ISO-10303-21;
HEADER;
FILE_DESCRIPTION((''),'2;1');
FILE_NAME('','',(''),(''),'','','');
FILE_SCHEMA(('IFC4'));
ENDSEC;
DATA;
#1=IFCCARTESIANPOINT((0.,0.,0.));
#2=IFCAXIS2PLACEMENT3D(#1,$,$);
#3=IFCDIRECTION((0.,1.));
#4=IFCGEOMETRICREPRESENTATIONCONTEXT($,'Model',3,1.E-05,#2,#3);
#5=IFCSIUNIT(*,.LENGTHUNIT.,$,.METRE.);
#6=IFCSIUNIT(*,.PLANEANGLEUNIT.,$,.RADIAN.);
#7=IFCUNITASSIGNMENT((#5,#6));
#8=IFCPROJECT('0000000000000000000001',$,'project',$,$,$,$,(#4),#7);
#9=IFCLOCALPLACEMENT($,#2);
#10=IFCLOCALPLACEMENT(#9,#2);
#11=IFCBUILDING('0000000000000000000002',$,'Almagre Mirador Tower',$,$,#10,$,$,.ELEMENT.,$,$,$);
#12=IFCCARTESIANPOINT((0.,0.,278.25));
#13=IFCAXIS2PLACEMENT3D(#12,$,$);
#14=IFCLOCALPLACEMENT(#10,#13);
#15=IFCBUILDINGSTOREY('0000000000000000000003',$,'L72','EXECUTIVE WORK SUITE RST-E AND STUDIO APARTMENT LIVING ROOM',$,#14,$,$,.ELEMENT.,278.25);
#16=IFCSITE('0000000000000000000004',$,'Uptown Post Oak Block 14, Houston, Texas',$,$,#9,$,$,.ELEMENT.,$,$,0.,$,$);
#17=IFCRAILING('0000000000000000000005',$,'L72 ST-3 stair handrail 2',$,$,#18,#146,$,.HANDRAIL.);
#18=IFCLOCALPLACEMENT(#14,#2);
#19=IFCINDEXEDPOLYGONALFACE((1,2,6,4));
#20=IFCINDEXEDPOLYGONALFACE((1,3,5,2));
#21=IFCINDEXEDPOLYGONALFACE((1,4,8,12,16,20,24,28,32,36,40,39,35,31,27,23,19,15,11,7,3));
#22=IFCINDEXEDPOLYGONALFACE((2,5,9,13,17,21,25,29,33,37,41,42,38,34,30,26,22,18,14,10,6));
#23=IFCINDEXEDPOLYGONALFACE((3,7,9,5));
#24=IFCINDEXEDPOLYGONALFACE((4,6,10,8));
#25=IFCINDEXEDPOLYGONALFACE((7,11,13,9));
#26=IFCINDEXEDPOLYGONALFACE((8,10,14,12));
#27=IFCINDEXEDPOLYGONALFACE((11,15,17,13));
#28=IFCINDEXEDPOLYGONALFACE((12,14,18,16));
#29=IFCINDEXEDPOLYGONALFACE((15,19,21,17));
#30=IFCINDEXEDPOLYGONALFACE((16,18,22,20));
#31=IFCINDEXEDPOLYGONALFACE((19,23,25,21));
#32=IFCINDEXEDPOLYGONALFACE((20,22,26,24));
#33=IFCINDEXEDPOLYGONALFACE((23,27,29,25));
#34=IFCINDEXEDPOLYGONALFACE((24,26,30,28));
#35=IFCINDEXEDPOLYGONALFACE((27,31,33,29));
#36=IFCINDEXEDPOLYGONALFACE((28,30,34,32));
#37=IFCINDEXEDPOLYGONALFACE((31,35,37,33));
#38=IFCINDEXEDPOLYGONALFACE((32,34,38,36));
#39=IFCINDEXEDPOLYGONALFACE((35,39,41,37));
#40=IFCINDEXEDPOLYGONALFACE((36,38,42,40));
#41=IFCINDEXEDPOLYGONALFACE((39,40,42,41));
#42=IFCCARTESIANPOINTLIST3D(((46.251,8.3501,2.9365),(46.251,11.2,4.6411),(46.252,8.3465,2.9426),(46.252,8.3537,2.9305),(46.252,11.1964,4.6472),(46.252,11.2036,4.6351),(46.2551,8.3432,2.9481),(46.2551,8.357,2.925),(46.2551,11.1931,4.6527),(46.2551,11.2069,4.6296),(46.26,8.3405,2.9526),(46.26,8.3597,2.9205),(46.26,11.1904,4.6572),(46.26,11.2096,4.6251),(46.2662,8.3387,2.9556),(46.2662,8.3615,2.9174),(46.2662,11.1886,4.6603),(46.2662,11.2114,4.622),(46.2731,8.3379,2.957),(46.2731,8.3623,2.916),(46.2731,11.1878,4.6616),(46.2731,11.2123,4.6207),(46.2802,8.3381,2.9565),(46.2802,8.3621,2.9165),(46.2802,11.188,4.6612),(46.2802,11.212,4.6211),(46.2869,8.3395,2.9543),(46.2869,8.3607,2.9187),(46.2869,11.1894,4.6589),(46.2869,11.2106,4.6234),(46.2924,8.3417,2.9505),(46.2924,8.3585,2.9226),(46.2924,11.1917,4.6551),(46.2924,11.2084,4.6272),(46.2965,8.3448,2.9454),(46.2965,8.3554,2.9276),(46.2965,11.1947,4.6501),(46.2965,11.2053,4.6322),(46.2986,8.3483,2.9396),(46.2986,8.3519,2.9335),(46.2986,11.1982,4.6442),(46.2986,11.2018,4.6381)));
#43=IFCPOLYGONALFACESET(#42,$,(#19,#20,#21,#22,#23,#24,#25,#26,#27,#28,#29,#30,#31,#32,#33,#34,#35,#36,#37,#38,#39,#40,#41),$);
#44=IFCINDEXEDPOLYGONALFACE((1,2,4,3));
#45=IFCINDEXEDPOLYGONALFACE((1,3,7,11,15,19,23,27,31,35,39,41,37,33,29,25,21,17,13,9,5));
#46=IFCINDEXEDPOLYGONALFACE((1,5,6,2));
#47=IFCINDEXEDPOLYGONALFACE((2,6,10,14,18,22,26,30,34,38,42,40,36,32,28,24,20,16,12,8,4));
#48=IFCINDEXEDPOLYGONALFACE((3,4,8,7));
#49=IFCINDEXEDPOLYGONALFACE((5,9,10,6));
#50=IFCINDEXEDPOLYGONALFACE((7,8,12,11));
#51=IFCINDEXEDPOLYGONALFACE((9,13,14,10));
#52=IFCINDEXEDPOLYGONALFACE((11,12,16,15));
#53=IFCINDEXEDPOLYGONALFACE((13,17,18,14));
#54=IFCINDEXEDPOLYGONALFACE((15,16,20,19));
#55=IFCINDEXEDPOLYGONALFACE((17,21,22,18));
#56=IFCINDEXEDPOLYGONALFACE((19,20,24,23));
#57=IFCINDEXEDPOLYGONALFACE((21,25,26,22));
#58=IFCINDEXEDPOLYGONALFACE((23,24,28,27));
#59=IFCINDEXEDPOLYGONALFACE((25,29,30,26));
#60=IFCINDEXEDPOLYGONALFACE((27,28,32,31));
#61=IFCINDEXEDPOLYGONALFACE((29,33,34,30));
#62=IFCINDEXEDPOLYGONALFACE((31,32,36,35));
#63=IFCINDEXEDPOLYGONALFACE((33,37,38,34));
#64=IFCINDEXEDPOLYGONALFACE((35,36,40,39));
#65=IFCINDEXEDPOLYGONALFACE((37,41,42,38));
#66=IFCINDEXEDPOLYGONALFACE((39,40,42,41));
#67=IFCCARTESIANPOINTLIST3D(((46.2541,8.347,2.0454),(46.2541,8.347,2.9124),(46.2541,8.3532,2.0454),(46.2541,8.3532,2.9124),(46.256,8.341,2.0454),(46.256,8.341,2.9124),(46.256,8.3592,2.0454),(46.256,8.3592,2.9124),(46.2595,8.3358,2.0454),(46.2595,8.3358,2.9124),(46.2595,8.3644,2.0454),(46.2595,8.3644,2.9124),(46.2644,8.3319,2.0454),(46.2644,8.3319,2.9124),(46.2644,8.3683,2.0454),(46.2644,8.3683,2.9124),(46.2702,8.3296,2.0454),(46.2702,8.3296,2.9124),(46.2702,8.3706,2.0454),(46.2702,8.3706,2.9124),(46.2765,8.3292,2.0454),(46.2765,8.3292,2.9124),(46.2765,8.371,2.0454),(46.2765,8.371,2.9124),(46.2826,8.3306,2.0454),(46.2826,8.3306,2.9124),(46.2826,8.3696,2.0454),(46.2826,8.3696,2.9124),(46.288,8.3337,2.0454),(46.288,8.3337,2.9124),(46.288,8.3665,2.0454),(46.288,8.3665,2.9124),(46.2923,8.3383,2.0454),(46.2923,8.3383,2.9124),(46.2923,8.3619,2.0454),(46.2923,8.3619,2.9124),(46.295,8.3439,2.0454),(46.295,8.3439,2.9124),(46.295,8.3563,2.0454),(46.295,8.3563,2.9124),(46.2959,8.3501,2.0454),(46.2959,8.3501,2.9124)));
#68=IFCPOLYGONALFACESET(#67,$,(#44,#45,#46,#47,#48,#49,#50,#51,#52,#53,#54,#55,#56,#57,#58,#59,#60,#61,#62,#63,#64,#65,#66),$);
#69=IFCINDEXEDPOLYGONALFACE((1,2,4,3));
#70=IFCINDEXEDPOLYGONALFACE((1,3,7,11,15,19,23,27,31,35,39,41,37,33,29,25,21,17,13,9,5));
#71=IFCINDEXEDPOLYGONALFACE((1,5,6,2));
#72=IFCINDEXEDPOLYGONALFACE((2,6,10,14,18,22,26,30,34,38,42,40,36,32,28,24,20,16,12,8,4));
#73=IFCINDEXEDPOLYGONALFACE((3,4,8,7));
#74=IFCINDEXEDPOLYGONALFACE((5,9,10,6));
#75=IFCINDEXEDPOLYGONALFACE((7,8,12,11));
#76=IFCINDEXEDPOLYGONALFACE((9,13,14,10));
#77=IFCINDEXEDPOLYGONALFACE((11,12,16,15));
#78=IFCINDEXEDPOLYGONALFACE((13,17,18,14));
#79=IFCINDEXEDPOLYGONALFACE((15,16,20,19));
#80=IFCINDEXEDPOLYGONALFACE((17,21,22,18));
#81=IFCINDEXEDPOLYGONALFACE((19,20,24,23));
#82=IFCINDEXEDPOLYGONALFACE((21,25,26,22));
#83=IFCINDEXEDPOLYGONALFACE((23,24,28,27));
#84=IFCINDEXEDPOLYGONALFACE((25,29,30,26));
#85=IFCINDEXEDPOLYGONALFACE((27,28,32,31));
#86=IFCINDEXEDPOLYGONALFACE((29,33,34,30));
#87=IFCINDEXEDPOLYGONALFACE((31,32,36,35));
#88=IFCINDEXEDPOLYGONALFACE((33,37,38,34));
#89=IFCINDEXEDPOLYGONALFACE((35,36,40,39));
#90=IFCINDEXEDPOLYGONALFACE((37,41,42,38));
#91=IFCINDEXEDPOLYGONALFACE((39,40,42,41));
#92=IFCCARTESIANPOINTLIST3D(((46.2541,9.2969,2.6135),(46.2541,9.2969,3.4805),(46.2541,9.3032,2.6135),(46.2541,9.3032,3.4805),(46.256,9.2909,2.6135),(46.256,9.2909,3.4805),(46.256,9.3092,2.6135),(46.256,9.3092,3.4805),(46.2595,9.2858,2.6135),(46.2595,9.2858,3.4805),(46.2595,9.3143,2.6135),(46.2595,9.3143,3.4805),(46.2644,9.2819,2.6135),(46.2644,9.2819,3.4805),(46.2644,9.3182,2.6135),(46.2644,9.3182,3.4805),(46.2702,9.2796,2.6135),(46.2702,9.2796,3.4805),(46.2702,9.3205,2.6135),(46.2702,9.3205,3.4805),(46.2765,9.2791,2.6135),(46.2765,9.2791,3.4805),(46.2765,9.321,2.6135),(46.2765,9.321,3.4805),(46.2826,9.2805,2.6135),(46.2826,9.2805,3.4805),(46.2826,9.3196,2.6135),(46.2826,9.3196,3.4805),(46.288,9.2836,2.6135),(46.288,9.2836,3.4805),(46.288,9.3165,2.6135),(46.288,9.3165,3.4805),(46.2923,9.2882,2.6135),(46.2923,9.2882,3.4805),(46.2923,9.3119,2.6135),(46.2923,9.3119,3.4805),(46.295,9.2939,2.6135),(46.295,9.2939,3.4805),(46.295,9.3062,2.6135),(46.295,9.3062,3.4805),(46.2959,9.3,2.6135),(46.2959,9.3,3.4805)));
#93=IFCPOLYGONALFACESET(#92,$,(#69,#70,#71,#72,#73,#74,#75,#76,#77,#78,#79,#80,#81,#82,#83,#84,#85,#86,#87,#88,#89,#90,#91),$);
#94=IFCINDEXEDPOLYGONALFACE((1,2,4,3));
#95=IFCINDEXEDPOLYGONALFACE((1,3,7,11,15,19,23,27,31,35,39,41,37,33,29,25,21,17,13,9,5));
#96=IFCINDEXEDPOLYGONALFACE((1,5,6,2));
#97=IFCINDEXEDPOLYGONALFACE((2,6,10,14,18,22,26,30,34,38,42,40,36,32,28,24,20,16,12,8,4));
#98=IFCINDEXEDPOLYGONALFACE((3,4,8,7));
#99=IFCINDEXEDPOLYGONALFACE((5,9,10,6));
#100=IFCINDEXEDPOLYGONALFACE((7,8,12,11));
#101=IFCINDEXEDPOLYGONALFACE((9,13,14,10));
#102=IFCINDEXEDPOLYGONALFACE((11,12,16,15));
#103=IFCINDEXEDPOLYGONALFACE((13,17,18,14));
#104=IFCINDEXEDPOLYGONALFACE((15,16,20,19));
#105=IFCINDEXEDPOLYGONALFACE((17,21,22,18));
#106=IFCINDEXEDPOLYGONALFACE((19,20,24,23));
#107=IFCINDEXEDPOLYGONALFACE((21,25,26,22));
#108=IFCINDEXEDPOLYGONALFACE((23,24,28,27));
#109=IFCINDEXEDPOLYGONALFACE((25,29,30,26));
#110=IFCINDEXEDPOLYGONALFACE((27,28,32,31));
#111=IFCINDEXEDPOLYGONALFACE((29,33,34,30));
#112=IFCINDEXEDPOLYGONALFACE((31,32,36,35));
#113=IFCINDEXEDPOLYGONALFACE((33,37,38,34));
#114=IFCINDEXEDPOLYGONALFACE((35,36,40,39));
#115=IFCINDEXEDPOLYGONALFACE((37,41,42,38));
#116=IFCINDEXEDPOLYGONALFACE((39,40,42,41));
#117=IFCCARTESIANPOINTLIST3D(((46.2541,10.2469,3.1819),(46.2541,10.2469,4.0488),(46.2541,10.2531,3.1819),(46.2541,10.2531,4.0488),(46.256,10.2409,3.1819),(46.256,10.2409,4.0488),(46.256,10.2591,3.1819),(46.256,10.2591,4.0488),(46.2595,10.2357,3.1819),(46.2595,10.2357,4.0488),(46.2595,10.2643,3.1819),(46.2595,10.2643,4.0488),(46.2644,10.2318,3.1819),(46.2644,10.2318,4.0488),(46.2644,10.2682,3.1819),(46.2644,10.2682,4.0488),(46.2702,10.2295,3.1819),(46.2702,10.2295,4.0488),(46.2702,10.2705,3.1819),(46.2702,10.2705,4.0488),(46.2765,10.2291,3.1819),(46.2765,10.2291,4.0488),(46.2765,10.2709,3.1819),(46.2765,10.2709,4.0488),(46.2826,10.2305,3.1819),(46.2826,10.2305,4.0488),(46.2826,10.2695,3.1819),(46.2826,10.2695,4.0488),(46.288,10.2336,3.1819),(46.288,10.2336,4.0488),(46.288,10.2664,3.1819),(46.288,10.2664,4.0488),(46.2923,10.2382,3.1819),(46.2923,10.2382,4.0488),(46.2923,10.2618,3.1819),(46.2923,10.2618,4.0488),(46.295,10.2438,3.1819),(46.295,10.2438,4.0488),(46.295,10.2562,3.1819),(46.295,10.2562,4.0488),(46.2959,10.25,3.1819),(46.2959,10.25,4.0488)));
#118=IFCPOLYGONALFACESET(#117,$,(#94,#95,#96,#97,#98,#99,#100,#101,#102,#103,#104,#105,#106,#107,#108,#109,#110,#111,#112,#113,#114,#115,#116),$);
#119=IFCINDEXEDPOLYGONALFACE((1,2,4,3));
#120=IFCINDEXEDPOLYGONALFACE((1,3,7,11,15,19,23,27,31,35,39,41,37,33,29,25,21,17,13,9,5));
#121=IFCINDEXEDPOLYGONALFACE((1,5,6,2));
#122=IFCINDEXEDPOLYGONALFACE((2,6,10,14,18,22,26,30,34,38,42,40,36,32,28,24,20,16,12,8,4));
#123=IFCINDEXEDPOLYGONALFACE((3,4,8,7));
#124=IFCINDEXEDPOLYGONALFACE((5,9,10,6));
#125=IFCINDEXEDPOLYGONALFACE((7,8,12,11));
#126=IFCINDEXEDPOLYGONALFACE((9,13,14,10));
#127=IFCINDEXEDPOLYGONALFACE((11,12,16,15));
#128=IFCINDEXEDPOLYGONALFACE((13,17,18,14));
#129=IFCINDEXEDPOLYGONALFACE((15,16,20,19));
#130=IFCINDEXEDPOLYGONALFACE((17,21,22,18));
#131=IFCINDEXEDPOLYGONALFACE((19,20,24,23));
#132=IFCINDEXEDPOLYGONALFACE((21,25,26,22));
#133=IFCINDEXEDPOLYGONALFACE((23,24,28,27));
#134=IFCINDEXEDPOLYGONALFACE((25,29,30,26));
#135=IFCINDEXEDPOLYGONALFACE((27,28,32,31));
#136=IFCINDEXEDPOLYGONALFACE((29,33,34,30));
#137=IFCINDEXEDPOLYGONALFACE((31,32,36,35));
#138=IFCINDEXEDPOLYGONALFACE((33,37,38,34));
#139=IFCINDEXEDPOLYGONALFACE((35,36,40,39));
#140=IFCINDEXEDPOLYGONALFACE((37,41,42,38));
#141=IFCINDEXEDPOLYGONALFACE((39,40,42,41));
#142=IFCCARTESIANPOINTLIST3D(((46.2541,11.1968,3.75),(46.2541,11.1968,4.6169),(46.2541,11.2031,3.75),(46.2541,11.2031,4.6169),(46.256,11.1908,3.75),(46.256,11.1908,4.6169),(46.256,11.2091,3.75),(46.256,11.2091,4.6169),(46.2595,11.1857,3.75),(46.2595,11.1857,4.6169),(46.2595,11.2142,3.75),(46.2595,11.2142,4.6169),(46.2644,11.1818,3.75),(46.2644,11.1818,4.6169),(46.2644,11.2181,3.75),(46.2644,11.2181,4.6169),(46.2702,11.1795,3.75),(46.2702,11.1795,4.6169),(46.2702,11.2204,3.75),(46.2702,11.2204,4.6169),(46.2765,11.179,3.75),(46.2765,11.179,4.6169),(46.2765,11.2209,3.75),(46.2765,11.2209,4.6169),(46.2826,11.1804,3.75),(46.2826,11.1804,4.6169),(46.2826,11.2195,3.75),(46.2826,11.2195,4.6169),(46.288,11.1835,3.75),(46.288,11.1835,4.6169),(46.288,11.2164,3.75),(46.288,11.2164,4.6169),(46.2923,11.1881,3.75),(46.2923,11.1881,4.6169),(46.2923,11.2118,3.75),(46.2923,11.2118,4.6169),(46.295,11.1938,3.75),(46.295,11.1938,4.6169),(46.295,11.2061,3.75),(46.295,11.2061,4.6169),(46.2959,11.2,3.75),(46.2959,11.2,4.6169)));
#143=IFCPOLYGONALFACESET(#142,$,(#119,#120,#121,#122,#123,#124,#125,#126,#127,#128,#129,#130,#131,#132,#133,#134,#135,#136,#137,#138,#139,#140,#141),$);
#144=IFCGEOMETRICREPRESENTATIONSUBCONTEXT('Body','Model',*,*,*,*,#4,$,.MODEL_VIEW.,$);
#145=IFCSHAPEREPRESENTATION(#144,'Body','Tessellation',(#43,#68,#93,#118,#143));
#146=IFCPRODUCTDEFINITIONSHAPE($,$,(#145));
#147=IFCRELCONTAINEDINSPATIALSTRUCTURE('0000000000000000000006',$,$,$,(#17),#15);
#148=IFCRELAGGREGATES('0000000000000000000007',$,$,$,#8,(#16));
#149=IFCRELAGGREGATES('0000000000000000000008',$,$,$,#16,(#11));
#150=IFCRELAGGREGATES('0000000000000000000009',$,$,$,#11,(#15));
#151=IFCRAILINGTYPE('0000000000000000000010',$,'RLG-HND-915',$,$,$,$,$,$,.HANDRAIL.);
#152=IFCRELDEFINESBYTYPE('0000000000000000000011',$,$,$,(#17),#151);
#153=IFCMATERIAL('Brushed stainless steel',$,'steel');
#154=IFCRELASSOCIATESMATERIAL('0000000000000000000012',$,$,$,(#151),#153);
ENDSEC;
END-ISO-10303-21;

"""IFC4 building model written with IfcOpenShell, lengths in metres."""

from ifc_helpers import new_model, si_unit, direction, frame, origin, origin_2d, place, context, subcontext, project, spatial, circle, extrude, material, type_object, element, save


model = new_model("IFC4")

# Units and contexts
model_context = context("Model", 3, precision=1e-05, world=origin(), true_north=direction((0.0, 1.0)))
body_context = subcontext(model_context, "Body", "Model", "MODEL_VIEW")
ifc_project = project(units=[si_unit("LENGTHUNIT", "METRE"), si_unit("PLANEANGLEUNIT", "RADIAN")], contexts=[model_context])

# Site, building, storey
site_placement = place(None, origin())
site = spatial("IfcSite", under=ifc_project, at=site_placement, Name="Uptown Post Oak Block 14, Houston, Texas", CompositionType="ELEMENT", RefElevation=0.0)
building_placement = place(site_placement, origin())
building = spatial("IfcBuilding", under=site, at=building_placement, Name="Almagre Mirador Tower", CompositionType="ELEMENT")
storey_placement = place(building_placement, frame((0.0, 0.0, 278.25)))
storey = spatial("IfcBuildingStorey", under=building, at=storey_placement, Name="L72", Description="EXECUTIVE WORK SUITE RST-E AND STUDIO APARTMENT LIVING ROOM", CompositionType="ELEMENT", Elevation=278.25)

# Railing
ifc_material_1 = material(Name="Brushed stainless steel", Category="steel")
railing_type_1 = type_object("IfcRailingType", Name="RLG-HND-915", PredefinedType="HANDRAIL", material=ifc_material_1)
railing_1_placement = place(storey_placement, frame((46.2749, 8.3501, 2.0454)))
element("IfcRailing", 1, at=railing_1_placement, inside=storey, type_object=railing_type_1, Name="L72 ST-3 stair handrail 2", PredefinedType="HANDRAIL", context=body_context, shape_type="SweptSolid", body=[
    extrude(circle(Radius=0.0239, at=origin_2d()), frame((0.0, 0.0, 0.8911), z_axis=(0.0, 0.858199, 0.513317), x_axis=(-1.0, 0.0, 0.0)), (0.0, 0.0, 1.0), 3.3208),
    extrude(circle(Radius=0.021, at=origin_2d()), origin(), (0.0, 0.0, 1.0), 0.8669),
    extrude(circle(Radius=0.021, at=origin_2d()), frame((0.0, 0.95, 0.5681)), (0.0, 0.0, 1.0), 0.8669),
    extrude(circle(Radius=0.021, at=origin_2d()), frame((0.0, 1.8999, 1.1365)), (0.0, 0.0, 1.0), 0.8669),
    extrude(circle(Radius=0.021, at=origin_2d()), frame((0.0, 2.8499, 1.7046)), (0.0, 0.0, 1.0), 0.8669),
])

save(model, "model.ifc")
